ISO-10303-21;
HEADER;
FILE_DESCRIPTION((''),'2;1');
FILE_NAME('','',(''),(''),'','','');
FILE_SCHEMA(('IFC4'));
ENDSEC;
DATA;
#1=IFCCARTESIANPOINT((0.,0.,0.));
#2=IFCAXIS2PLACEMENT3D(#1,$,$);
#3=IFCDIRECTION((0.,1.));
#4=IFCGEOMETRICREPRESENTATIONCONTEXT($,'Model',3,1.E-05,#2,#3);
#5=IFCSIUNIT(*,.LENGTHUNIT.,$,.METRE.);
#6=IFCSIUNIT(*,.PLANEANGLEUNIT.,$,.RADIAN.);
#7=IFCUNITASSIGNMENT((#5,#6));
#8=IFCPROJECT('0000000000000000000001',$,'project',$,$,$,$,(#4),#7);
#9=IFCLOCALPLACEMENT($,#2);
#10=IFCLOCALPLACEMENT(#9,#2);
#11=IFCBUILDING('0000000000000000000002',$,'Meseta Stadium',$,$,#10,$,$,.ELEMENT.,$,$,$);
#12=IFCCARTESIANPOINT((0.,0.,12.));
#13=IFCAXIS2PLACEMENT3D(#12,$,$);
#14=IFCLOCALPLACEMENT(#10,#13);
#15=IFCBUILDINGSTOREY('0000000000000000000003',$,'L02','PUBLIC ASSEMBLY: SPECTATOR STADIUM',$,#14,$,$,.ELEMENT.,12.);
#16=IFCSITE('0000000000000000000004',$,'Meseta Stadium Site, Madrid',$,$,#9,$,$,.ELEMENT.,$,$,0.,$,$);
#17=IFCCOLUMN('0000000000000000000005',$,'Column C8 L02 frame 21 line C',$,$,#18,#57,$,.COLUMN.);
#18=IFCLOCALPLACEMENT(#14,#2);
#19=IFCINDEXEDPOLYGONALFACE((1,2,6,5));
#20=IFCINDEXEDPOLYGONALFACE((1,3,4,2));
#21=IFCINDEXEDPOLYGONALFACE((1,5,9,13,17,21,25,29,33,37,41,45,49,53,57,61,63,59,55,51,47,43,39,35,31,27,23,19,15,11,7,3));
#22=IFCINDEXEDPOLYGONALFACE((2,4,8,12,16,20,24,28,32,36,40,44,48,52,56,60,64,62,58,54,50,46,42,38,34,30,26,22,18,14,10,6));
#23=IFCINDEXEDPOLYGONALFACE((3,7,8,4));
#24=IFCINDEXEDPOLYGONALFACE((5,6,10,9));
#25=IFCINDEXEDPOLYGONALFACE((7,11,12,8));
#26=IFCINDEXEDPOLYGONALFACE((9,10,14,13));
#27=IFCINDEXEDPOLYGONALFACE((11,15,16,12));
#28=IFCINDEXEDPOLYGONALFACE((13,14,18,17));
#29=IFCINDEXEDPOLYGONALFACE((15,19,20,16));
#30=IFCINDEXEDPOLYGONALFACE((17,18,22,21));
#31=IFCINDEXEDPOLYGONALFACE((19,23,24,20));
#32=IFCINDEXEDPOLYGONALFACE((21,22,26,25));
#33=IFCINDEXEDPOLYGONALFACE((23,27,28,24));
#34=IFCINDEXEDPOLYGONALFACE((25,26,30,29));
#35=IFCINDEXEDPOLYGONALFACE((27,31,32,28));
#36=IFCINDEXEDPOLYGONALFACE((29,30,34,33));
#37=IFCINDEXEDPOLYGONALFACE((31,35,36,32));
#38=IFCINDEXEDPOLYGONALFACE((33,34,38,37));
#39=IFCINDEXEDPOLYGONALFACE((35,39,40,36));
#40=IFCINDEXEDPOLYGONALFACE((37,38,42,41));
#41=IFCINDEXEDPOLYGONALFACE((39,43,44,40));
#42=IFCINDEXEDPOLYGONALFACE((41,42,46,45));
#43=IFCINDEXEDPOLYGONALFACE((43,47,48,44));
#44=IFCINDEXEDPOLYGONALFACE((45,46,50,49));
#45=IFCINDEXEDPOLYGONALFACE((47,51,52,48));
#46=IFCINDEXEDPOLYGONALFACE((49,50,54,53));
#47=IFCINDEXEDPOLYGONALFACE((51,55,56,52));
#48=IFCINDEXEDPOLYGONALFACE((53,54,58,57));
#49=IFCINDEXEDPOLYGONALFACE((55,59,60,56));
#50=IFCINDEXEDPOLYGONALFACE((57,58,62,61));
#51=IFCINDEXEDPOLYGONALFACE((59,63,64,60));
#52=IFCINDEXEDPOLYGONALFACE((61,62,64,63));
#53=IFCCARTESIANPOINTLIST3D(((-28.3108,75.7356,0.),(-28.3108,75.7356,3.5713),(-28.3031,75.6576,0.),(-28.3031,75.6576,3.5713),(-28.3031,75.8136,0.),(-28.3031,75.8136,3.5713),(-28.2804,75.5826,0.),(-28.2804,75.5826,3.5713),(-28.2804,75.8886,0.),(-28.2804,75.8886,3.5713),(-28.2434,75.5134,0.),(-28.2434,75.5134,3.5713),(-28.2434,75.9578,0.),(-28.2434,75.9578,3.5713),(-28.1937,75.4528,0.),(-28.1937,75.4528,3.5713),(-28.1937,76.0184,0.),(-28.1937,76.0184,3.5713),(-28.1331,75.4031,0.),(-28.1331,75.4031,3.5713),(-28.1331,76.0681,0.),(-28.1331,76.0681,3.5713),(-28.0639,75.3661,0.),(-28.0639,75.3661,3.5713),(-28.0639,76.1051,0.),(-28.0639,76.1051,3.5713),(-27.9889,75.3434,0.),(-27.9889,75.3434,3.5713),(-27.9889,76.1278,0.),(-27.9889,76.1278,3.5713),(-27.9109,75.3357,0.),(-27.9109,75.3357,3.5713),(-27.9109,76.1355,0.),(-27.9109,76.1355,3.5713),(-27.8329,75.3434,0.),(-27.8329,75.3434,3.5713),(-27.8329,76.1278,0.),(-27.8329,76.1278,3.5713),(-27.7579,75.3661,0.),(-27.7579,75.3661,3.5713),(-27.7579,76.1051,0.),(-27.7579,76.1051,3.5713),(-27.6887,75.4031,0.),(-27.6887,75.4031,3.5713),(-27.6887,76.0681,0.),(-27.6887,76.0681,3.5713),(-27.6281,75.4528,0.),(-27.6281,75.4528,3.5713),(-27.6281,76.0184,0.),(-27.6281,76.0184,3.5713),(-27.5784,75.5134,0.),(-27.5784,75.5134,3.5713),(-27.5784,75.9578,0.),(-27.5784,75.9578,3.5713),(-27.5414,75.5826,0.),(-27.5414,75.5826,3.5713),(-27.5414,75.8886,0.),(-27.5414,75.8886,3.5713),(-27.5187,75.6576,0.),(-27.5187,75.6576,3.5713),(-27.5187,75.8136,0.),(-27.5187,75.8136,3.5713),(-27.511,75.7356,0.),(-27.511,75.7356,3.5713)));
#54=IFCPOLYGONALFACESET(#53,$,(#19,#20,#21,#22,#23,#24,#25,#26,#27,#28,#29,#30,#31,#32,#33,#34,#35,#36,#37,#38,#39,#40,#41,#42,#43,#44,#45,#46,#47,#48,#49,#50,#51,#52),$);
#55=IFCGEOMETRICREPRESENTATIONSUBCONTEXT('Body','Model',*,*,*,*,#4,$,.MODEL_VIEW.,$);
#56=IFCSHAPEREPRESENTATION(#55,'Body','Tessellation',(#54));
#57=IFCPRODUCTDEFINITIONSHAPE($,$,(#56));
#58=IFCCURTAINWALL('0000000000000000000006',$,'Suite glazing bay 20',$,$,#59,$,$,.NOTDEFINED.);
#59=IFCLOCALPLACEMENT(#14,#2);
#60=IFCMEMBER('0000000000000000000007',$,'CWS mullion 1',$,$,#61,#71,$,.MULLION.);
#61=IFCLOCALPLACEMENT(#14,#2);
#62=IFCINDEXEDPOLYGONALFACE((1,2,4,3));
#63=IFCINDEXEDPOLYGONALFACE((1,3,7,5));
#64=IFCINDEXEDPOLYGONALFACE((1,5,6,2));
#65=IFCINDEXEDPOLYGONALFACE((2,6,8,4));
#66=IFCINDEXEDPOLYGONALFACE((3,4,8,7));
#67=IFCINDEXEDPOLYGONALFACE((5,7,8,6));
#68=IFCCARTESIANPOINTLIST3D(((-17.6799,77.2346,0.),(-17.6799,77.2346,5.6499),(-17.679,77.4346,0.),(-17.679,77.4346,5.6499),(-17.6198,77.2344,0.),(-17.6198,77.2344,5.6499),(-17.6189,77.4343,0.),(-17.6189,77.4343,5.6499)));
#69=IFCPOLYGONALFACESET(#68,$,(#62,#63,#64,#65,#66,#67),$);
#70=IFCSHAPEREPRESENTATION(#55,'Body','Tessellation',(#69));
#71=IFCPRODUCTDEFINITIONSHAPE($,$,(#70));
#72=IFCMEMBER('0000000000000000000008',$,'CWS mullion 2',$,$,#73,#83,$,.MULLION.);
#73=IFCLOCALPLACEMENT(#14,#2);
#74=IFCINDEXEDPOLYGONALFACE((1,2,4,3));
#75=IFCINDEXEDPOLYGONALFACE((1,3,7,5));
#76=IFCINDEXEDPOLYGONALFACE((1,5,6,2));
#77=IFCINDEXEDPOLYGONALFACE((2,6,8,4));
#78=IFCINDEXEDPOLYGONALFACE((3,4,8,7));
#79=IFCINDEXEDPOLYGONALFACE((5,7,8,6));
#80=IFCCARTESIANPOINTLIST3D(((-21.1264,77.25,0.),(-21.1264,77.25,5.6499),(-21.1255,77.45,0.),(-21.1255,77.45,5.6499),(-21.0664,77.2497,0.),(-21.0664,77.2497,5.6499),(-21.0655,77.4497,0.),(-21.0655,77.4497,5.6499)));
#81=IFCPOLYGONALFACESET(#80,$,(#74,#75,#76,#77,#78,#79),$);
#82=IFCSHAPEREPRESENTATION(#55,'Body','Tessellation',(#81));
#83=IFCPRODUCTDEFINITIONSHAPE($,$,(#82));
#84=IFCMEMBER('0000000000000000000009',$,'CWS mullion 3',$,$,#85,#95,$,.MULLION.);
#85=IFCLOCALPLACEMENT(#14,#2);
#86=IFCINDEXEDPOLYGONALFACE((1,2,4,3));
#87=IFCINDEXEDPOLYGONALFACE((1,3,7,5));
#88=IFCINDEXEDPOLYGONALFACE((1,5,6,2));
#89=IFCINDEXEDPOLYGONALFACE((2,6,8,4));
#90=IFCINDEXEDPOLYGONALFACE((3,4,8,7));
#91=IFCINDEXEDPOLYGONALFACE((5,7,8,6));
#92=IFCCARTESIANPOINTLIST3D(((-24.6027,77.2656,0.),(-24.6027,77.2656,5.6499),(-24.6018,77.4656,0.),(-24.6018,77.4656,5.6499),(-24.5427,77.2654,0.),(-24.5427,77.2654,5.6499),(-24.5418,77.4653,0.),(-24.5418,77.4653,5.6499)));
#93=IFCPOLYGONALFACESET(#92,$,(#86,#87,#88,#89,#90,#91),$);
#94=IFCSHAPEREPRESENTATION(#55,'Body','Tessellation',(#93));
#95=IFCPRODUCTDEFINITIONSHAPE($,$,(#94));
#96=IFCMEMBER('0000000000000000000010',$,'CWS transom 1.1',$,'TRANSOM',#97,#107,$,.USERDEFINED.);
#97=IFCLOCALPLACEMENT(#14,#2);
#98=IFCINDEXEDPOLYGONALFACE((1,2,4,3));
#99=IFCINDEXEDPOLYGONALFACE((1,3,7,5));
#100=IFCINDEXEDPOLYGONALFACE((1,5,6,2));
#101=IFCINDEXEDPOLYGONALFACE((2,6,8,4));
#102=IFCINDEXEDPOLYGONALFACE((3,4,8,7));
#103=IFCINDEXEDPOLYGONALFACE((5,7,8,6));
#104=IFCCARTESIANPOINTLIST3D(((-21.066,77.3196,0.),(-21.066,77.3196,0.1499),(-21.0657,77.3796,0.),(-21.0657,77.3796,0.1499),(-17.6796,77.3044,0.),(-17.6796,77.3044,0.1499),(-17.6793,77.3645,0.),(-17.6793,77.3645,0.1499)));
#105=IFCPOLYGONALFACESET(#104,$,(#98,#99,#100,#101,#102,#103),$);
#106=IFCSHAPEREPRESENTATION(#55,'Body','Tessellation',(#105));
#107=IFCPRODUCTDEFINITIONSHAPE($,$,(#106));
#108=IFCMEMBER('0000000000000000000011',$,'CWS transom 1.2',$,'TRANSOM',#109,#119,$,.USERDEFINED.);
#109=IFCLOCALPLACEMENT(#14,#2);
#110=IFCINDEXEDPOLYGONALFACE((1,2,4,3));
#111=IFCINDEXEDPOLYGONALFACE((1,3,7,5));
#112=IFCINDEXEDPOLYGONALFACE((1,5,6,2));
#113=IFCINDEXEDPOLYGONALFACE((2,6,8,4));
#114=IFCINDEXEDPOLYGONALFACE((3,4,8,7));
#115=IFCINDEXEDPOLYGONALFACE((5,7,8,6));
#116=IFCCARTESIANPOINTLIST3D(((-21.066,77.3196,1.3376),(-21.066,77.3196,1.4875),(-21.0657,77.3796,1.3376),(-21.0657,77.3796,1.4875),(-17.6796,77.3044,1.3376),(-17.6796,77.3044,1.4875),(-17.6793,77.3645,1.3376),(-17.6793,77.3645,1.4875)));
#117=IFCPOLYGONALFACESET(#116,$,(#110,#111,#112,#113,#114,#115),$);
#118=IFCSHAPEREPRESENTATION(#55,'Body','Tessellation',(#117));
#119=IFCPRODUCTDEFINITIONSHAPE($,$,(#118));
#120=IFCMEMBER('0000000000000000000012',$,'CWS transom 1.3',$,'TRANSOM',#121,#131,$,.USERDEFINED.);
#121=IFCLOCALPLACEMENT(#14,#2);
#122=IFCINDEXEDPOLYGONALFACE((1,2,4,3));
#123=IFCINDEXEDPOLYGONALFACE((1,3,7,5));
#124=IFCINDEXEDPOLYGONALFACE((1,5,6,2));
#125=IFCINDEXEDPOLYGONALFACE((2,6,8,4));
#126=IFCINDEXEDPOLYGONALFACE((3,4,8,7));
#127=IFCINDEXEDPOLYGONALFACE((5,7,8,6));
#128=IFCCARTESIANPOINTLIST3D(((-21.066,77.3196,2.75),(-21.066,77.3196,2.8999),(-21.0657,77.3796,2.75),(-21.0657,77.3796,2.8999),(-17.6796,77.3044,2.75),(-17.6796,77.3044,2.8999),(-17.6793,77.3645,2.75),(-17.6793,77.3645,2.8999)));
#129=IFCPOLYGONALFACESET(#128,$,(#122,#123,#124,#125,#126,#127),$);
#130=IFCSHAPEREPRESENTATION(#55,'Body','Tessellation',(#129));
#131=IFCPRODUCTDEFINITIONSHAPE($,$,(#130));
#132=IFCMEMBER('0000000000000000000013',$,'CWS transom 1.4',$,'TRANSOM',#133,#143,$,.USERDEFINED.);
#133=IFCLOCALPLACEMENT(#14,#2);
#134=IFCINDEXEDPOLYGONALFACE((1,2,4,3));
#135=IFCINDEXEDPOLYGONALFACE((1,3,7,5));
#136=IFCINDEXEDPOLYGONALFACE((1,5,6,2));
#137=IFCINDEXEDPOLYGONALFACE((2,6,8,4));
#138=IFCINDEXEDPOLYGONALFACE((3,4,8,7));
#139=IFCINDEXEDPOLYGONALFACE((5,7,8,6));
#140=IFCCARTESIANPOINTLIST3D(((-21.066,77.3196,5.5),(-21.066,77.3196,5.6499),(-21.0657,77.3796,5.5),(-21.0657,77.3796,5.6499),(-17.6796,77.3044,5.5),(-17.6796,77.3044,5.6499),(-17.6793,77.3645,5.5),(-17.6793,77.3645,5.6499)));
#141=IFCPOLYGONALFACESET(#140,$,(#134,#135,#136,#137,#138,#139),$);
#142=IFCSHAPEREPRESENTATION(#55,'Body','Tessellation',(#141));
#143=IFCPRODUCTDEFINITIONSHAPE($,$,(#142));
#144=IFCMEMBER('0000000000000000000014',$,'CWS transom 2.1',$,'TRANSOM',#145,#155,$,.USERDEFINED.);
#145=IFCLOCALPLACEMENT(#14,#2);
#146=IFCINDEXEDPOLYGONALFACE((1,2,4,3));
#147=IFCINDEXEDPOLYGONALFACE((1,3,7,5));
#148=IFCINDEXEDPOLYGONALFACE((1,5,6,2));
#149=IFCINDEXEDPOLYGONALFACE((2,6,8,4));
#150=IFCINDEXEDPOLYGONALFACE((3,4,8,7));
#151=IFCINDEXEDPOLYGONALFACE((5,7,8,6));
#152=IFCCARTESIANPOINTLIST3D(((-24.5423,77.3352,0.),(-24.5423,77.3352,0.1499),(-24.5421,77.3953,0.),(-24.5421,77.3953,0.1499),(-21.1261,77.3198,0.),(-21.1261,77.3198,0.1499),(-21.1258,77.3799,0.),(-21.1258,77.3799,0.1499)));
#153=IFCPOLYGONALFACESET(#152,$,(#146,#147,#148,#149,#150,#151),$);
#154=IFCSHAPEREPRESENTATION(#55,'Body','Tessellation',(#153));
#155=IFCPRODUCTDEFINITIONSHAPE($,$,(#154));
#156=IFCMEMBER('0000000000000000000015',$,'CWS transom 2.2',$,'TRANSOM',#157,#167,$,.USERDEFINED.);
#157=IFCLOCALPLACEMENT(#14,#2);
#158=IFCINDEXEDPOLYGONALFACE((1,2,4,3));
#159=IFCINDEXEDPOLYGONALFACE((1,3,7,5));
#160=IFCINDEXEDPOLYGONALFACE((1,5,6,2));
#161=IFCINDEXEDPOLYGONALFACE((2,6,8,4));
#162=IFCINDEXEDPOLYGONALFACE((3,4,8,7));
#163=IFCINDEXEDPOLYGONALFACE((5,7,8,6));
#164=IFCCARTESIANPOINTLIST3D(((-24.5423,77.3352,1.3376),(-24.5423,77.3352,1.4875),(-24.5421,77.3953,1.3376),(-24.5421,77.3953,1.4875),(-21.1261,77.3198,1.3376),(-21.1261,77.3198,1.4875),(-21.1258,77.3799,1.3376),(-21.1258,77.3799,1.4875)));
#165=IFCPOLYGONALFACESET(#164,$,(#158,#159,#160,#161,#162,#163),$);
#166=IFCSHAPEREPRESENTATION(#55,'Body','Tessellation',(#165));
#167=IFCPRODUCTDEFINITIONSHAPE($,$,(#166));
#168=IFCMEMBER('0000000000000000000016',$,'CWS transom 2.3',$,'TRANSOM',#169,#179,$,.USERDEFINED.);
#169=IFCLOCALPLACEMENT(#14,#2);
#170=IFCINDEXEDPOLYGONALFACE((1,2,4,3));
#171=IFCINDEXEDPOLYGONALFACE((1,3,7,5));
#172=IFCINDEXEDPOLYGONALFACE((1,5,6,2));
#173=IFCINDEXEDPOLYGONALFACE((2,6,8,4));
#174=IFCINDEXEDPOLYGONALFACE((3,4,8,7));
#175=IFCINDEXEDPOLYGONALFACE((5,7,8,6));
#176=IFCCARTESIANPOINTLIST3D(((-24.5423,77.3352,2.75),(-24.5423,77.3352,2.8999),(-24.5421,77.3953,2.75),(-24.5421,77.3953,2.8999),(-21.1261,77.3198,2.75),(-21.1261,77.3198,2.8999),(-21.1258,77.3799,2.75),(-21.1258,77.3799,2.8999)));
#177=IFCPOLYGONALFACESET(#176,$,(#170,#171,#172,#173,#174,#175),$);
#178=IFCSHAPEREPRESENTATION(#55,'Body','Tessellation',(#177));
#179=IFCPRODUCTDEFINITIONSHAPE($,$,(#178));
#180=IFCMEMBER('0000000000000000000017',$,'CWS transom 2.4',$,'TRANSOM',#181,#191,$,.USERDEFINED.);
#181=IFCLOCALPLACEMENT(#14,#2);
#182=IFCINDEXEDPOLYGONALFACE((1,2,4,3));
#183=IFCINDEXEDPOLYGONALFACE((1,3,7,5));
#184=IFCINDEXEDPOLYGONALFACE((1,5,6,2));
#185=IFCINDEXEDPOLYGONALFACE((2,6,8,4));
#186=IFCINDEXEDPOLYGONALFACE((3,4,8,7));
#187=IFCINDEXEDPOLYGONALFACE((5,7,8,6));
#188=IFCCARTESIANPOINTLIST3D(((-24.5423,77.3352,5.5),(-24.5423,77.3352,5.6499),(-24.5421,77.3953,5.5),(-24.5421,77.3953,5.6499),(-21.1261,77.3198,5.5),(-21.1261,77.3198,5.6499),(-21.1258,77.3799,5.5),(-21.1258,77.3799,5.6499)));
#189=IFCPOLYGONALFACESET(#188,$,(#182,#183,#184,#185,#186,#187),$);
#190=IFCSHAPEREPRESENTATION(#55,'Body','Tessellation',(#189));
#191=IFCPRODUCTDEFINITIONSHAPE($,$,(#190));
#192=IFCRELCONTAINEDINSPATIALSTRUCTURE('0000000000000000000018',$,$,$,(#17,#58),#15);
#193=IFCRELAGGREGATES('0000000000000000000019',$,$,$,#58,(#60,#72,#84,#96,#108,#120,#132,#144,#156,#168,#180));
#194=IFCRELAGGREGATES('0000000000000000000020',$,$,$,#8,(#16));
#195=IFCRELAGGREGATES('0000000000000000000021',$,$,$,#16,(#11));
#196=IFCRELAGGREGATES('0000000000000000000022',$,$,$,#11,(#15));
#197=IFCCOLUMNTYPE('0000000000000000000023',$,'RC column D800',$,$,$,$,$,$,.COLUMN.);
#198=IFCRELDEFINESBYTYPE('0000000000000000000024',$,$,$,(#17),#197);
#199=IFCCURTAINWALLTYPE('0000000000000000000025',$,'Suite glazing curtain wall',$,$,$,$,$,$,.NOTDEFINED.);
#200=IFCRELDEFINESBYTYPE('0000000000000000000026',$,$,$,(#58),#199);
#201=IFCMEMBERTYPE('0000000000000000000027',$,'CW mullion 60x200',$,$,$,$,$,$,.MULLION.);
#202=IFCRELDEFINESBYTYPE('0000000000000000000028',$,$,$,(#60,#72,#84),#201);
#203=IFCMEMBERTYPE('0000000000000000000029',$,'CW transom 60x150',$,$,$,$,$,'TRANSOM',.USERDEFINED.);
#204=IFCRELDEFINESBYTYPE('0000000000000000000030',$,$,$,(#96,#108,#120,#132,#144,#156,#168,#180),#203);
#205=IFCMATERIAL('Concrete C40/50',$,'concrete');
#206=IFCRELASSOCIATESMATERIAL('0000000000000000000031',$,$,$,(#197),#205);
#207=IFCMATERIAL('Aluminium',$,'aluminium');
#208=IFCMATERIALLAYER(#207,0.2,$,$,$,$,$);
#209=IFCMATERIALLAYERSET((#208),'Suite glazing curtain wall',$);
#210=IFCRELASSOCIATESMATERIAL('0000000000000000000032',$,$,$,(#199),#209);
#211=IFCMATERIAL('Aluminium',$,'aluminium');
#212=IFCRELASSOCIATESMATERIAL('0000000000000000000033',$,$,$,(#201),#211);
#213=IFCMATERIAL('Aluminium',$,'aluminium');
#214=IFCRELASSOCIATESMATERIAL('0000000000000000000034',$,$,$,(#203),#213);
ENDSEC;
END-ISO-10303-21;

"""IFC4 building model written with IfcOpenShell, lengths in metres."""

from ifc_helpers import new_model, si_unit, direction, frame, origin, origin_2d, place, context, subcontext, project, spatial, rectangle, circle, extrude, material, layer, layer_set, material_profile, profile_set, type_object, element, aggregate, save


model = new_model("IFC4")

# Units and contexts
model_context = context("Model", 3, precision=1e-05, world=origin(), true_north=direction((0.0, 1.0)))
body_context = subcontext(model_context, "Body", "Model", "MODEL_VIEW")
ifc_project = project(units=[si_unit("LENGTHUNIT", "METRE"), si_unit("PLANEANGLEUNIT", "RADIAN")], contexts=[model_context])

# Site, building, storey
site_placement = place(None, origin())
site = spatial("IfcSite", under=ifc_project, at=site_placement, Name="Meseta Stadium Site, Madrid", CompositionType="ELEMENT", RefElevation=0.0)
building_placement = place(site_placement, origin())
building = spatial("IfcBuilding", under=site, at=building_placement, Name="Meseta Stadium", CompositionType="ELEMENT")
storey_placement = place(building_placement, frame((0.0, 0.0, 12.0)))
storey = spatial("IfcBuildingStorey", under=building, at=storey_placement, Name="L02", Description="PUBLIC ASSEMBLY: SPECTATOR STADIUM", CompositionType="ELEMENT", Elevation=12.0)

# Column
ifc_material_1 = material(Name="Concrete C40/50", Category="concrete")
ifc_material_profile_1 = material_profile(ifc_material_1, circle(Radius=0.3999, at=origin_2d()), Name="RC D800")
ifc_profile_set_1 = profile_set([ifc_material_profile_1], Name="Concrete C40/50")
column_type = type_object("IfcColumnType", Name="RC column D800", PredefinedType="COLUMN", material=ifc_profile_set_1)
column_placement = place(storey_placement, frame((-27.9109, 75.7356, 0.0), z_axis=(0.0, 0.0, 1.0), x_axis=(1.0, 0.0, 0.0)))
element("IfcColumn", 1, at=column_placement, inside=storey, type_object=column_type, Name="Column C8 L02 frame 21 line C", PredefinedType="COLUMN", context=body_context, shape_type="SweptSolid", body=[
    extrude(circle(Radius=0.3999, at=origin_2d()), origin(), (0.0, 0.0, 1.0), 3.5713),
])

# Curtain wall, members
ifc_material_2 = material(Name="Aluminium", Category="aluminium")
ifc_layer_1 = layer(ifc_material_2, 0.2)
ifc_layer_set_1 = layer_set([ifc_layer_1], Name="Suite glazing curtain wall")
curtain_wall_type = type_object("IfcCurtainWallType", Name="Suite glazing curtain wall", PredefinedType="NOTDEFINED", material=ifc_layer_set_1)
curtain_wall_1_placement = place(storey_placement, origin())
curtain_wall_1 = element("IfcCurtainWall", 2, at=curtain_wall_1_placement, inside=storey, type_object=curtain_wall_type, Name="Suite glazing bay 20", PredefinedType="NOTDEFINED")
ifc_material_3 = material(Name="Aluminium", Category="aluminium")
ifc_material_profile_2 = material_profile(ifc_material_3, rectangle(XDim=0.2, YDim=0.0601, at=origin_2d()), Name="CW 200x60")
ifc_profile_set_2 = profile_set([ifc_material_profile_2], Name="Aluminium")
member_type_1 = type_object("IfcMemberType", Name="CW mullion 60x200", PredefinedType="MULLION", material=ifc_profile_set_2)
member_1_placement = place(storey_placement, frame((-17.6494, 77.3345, 0.0), z_axis=(0.0, 0.0, 1.0), x_axis=(-0.004469, -0.99999, 0.0)))
member_1 = element("IfcMember", 3, at=member_1_placement, type_object=member_type_1, Name="CWS mullion 1", PredefinedType="MULLION", context=body_context, shape_type="SweptSolid", body=[
    extrude(rectangle(XDim=0.2, YDim=0.0601, at=origin_2d()), origin(), (0.0, 0.0, 1.0), 5.6499),
])
member_2_placement = place(storey_placement, frame((-21.0959, 77.3499, 0.0), z_axis=(0.0, 0.0, 1.0), x_axis=(-0.004469, -0.99999, 0.0)))
member_2 = element("IfcMember", 4, at=member_2_placement, type_object=member_type_1, Name="CWS mullion 2", PredefinedType="MULLION", context=body_context, shape_type="SweptSolid", body=[
    extrude(rectangle(XDim=0.2, YDim=0.0601, at=origin_2d()), origin(), (0.0, 0.0, 1.0), 5.6499),
])
member_3_placement = place(storey_placement, frame((-24.5723, 77.3655, 0.0), z_axis=(0.0, 0.0, 1.0), x_axis=(-0.004469, -0.99999, 0.0)))
member_3 = element("IfcMember", 5, at=member_3_placement, type_object=member_type_1, Name="CWS mullion 3", PredefinedType="MULLION", context=body_context, shape_type="SweptSolid", body=[
    extrude(rectangle(XDim=0.2, YDim=0.0601, at=origin_2d()), origin(), (0.0, 0.0, 1.0), 5.6499),
])
ifc_material_4 = material(Name="Aluminium", Category="aluminium")
ifc_material_profile_3 = material_profile(ifc_material_4, rectangle(XDim=0.0601, YDim=0.1499, at=origin_2d()), Name="CW 60x150")
ifc_profile_set_3 = profile_set([ifc_material_profile_3], Name="Aluminium")
member_type_2 = type_object("IfcMemberType", Name="CW transom 60x150", ElementType="TRANSOM", PredefinedType="USERDEFINED", material=ifc_profile_set_3)
member_4_placement = place(storey_placement, frame((-17.6794, 77.3345, 0.075), z_axis=(-0.99999, 0.00447, 0.0), x_axis=(-0.00447, -0.99999, 0.0)))
member_4 = element("IfcMember", 6, at=member_4_placement, type_object=member_type_2, Name="CWS transom 1.1", ObjectType="TRANSOM", PredefinedType="USERDEFINED", context=body_context, shape_type="SweptSolid", body=[
    extrude(rectangle(XDim=0.0601, YDim=0.1499, at=origin_2d()), origin(), (0.0, 0.0, 1.0), 3.3865),
])
member_5_placement = place(storey_placement, frame((-17.6794, 77.3345, 1.4126), z_axis=(-0.99999, 0.00447, 0.0), x_axis=(-0.00447, -0.99999, 0.0)))
member_5 = element("IfcMember", 7, at=member_5_placement, type_object=member_type_2, Name="CWS transom 1.2", ObjectType="TRANSOM", PredefinedType="USERDEFINED", context=body_context, shape_type="SweptSolid", body=[
    extrude(rectangle(XDim=0.0601, YDim=0.1499, at=origin_2d()), origin(), (0.0, 0.0, 1.0), 3.3865),
])
member_6_placement = place(storey_placement, frame((-17.6794, 77.3345, 2.825), z_axis=(-0.99999, 0.00447, 0.0), x_axis=(-0.00447, -0.99999, 0.0)))
member_6 = element("IfcMember", 8, at=member_6_placement, type_object=member_type_2, Name="CWS transom 1.3", ObjectType="TRANSOM", PredefinedType="USERDEFINED", context=body_context, shape_type="SweptSolid", body=[
    extrude(rectangle(XDim=0.0601, YDim=0.1499, at=origin_2d()), origin(), (0.0, 0.0, 1.0), 3.3865),
])
member_7_placement = place(storey_placement, frame((-17.6794, 77.3345, 5.575), z_axis=(-0.99999, 0.00447, 0.0), x_axis=(-0.00447, -0.99999, 0.0)))
member_7 = element("IfcMember", 9, at=member_7_placement, type_object=member_type_2, Name="CWS transom 1.4", ObjectType="TRANSOM", PredefinedType="USERDEFINED", context=body_context, shape_type="SweptSolid", body=[
    extrude(rectangle(XDim=0.0601, YDim=0.1499, at=origin_2d()), origin(), (0.0, 0.0, 1.0), 3.3865),
])
member_8_placement = place(storey_placement, frame((-21.126, 77.3499, 0.075), z_axis=(-0.99999, 0.004502, 0.0), x_axis=(-0.004502, -0.99999, 0.0)))
member_8 = element("IfcMember", 10, at=member_8_placement, type_object=member_type_2, Name="CWS transom 2.1", ObjectType="TRANSOM", PredefinedType="USERDEFINED", context=body_context, shape_type="SweptSolid", body=[
    extrude(rectangle(XDim=0.0601, YDim=0.1499, at=origin_2d()), origin(), (0.0, 0.0, 1.0), 3.4163),
])
member_9_placement = place(storey_placement, frame((-21.126, 77.3499, 1.4126), z_axis=(-0.99999, 0.004502, 0.0), x_axis=(-0.004502, -0.99999, 0.0)))
member_9 = element("IfcMember", 11, at=member_9_placement, type_object=member_type_2, Name="CWS transom 2.2", ObjectType="TRANSOM", PredefinedType="USERDEFINED", context=body_context, shape_type="SweptSolid", body=[
    extrude(rectangle(XDim=0.0601, YDim=0.1499, at=origin_2d()), origin(), (0.0, 0.0, 1.0), 3.4163),
])
member_10_placement = place(storey_placement, frame((-21.126, 77.3499, 2.825), z_axis=(-0.99999, 0.004502, 0.0), x_axis=(-0.004502, -0.99999, 0.0)))
member_10 = element("IfcMember", 12, at=member_10_placement, type_object=member_type_2, Name="CWS transom 2.3", ObjectType="TRANSOM", PredefinedType="USERDEFINED", context=body_context, shape_type="SweptSolid", body=[
    extrude(rectangle(XDim=0.0601, YDim=0.1499, at=origin_2d()), origin(), (0.0, 0.0, 1.0), 3.4163),
])
member_11_placement = place(storey_placement, frame((-21.126, 77.3499, 5.575), z_axis=(-0.99999, 0.004502, 0.0), x_axis=(-0.004502, -0.99999, 0.0)))
member_11 = element("IfcMember", 13, at=member_11_placement, type_object=member_type_2, Name="CWS transom 2.4", ObjectType="TRANSOM", PredefinedType="USERDEFINED", context=body_context, shape_type="SweptSolid", body=[
    extrude(rectangle(XDim=0.0601, YDim=0.1499, at=origin_2d()), origin(), (0.0, 0.0, 1.0), 3.4163),
])

aggregate(curtain_wall_1, [member_1, member_2, member_3, member_4, member_5, member_6, member_7, member_8, member_9, member_10, member_11])

save(model, "model.ifc")
